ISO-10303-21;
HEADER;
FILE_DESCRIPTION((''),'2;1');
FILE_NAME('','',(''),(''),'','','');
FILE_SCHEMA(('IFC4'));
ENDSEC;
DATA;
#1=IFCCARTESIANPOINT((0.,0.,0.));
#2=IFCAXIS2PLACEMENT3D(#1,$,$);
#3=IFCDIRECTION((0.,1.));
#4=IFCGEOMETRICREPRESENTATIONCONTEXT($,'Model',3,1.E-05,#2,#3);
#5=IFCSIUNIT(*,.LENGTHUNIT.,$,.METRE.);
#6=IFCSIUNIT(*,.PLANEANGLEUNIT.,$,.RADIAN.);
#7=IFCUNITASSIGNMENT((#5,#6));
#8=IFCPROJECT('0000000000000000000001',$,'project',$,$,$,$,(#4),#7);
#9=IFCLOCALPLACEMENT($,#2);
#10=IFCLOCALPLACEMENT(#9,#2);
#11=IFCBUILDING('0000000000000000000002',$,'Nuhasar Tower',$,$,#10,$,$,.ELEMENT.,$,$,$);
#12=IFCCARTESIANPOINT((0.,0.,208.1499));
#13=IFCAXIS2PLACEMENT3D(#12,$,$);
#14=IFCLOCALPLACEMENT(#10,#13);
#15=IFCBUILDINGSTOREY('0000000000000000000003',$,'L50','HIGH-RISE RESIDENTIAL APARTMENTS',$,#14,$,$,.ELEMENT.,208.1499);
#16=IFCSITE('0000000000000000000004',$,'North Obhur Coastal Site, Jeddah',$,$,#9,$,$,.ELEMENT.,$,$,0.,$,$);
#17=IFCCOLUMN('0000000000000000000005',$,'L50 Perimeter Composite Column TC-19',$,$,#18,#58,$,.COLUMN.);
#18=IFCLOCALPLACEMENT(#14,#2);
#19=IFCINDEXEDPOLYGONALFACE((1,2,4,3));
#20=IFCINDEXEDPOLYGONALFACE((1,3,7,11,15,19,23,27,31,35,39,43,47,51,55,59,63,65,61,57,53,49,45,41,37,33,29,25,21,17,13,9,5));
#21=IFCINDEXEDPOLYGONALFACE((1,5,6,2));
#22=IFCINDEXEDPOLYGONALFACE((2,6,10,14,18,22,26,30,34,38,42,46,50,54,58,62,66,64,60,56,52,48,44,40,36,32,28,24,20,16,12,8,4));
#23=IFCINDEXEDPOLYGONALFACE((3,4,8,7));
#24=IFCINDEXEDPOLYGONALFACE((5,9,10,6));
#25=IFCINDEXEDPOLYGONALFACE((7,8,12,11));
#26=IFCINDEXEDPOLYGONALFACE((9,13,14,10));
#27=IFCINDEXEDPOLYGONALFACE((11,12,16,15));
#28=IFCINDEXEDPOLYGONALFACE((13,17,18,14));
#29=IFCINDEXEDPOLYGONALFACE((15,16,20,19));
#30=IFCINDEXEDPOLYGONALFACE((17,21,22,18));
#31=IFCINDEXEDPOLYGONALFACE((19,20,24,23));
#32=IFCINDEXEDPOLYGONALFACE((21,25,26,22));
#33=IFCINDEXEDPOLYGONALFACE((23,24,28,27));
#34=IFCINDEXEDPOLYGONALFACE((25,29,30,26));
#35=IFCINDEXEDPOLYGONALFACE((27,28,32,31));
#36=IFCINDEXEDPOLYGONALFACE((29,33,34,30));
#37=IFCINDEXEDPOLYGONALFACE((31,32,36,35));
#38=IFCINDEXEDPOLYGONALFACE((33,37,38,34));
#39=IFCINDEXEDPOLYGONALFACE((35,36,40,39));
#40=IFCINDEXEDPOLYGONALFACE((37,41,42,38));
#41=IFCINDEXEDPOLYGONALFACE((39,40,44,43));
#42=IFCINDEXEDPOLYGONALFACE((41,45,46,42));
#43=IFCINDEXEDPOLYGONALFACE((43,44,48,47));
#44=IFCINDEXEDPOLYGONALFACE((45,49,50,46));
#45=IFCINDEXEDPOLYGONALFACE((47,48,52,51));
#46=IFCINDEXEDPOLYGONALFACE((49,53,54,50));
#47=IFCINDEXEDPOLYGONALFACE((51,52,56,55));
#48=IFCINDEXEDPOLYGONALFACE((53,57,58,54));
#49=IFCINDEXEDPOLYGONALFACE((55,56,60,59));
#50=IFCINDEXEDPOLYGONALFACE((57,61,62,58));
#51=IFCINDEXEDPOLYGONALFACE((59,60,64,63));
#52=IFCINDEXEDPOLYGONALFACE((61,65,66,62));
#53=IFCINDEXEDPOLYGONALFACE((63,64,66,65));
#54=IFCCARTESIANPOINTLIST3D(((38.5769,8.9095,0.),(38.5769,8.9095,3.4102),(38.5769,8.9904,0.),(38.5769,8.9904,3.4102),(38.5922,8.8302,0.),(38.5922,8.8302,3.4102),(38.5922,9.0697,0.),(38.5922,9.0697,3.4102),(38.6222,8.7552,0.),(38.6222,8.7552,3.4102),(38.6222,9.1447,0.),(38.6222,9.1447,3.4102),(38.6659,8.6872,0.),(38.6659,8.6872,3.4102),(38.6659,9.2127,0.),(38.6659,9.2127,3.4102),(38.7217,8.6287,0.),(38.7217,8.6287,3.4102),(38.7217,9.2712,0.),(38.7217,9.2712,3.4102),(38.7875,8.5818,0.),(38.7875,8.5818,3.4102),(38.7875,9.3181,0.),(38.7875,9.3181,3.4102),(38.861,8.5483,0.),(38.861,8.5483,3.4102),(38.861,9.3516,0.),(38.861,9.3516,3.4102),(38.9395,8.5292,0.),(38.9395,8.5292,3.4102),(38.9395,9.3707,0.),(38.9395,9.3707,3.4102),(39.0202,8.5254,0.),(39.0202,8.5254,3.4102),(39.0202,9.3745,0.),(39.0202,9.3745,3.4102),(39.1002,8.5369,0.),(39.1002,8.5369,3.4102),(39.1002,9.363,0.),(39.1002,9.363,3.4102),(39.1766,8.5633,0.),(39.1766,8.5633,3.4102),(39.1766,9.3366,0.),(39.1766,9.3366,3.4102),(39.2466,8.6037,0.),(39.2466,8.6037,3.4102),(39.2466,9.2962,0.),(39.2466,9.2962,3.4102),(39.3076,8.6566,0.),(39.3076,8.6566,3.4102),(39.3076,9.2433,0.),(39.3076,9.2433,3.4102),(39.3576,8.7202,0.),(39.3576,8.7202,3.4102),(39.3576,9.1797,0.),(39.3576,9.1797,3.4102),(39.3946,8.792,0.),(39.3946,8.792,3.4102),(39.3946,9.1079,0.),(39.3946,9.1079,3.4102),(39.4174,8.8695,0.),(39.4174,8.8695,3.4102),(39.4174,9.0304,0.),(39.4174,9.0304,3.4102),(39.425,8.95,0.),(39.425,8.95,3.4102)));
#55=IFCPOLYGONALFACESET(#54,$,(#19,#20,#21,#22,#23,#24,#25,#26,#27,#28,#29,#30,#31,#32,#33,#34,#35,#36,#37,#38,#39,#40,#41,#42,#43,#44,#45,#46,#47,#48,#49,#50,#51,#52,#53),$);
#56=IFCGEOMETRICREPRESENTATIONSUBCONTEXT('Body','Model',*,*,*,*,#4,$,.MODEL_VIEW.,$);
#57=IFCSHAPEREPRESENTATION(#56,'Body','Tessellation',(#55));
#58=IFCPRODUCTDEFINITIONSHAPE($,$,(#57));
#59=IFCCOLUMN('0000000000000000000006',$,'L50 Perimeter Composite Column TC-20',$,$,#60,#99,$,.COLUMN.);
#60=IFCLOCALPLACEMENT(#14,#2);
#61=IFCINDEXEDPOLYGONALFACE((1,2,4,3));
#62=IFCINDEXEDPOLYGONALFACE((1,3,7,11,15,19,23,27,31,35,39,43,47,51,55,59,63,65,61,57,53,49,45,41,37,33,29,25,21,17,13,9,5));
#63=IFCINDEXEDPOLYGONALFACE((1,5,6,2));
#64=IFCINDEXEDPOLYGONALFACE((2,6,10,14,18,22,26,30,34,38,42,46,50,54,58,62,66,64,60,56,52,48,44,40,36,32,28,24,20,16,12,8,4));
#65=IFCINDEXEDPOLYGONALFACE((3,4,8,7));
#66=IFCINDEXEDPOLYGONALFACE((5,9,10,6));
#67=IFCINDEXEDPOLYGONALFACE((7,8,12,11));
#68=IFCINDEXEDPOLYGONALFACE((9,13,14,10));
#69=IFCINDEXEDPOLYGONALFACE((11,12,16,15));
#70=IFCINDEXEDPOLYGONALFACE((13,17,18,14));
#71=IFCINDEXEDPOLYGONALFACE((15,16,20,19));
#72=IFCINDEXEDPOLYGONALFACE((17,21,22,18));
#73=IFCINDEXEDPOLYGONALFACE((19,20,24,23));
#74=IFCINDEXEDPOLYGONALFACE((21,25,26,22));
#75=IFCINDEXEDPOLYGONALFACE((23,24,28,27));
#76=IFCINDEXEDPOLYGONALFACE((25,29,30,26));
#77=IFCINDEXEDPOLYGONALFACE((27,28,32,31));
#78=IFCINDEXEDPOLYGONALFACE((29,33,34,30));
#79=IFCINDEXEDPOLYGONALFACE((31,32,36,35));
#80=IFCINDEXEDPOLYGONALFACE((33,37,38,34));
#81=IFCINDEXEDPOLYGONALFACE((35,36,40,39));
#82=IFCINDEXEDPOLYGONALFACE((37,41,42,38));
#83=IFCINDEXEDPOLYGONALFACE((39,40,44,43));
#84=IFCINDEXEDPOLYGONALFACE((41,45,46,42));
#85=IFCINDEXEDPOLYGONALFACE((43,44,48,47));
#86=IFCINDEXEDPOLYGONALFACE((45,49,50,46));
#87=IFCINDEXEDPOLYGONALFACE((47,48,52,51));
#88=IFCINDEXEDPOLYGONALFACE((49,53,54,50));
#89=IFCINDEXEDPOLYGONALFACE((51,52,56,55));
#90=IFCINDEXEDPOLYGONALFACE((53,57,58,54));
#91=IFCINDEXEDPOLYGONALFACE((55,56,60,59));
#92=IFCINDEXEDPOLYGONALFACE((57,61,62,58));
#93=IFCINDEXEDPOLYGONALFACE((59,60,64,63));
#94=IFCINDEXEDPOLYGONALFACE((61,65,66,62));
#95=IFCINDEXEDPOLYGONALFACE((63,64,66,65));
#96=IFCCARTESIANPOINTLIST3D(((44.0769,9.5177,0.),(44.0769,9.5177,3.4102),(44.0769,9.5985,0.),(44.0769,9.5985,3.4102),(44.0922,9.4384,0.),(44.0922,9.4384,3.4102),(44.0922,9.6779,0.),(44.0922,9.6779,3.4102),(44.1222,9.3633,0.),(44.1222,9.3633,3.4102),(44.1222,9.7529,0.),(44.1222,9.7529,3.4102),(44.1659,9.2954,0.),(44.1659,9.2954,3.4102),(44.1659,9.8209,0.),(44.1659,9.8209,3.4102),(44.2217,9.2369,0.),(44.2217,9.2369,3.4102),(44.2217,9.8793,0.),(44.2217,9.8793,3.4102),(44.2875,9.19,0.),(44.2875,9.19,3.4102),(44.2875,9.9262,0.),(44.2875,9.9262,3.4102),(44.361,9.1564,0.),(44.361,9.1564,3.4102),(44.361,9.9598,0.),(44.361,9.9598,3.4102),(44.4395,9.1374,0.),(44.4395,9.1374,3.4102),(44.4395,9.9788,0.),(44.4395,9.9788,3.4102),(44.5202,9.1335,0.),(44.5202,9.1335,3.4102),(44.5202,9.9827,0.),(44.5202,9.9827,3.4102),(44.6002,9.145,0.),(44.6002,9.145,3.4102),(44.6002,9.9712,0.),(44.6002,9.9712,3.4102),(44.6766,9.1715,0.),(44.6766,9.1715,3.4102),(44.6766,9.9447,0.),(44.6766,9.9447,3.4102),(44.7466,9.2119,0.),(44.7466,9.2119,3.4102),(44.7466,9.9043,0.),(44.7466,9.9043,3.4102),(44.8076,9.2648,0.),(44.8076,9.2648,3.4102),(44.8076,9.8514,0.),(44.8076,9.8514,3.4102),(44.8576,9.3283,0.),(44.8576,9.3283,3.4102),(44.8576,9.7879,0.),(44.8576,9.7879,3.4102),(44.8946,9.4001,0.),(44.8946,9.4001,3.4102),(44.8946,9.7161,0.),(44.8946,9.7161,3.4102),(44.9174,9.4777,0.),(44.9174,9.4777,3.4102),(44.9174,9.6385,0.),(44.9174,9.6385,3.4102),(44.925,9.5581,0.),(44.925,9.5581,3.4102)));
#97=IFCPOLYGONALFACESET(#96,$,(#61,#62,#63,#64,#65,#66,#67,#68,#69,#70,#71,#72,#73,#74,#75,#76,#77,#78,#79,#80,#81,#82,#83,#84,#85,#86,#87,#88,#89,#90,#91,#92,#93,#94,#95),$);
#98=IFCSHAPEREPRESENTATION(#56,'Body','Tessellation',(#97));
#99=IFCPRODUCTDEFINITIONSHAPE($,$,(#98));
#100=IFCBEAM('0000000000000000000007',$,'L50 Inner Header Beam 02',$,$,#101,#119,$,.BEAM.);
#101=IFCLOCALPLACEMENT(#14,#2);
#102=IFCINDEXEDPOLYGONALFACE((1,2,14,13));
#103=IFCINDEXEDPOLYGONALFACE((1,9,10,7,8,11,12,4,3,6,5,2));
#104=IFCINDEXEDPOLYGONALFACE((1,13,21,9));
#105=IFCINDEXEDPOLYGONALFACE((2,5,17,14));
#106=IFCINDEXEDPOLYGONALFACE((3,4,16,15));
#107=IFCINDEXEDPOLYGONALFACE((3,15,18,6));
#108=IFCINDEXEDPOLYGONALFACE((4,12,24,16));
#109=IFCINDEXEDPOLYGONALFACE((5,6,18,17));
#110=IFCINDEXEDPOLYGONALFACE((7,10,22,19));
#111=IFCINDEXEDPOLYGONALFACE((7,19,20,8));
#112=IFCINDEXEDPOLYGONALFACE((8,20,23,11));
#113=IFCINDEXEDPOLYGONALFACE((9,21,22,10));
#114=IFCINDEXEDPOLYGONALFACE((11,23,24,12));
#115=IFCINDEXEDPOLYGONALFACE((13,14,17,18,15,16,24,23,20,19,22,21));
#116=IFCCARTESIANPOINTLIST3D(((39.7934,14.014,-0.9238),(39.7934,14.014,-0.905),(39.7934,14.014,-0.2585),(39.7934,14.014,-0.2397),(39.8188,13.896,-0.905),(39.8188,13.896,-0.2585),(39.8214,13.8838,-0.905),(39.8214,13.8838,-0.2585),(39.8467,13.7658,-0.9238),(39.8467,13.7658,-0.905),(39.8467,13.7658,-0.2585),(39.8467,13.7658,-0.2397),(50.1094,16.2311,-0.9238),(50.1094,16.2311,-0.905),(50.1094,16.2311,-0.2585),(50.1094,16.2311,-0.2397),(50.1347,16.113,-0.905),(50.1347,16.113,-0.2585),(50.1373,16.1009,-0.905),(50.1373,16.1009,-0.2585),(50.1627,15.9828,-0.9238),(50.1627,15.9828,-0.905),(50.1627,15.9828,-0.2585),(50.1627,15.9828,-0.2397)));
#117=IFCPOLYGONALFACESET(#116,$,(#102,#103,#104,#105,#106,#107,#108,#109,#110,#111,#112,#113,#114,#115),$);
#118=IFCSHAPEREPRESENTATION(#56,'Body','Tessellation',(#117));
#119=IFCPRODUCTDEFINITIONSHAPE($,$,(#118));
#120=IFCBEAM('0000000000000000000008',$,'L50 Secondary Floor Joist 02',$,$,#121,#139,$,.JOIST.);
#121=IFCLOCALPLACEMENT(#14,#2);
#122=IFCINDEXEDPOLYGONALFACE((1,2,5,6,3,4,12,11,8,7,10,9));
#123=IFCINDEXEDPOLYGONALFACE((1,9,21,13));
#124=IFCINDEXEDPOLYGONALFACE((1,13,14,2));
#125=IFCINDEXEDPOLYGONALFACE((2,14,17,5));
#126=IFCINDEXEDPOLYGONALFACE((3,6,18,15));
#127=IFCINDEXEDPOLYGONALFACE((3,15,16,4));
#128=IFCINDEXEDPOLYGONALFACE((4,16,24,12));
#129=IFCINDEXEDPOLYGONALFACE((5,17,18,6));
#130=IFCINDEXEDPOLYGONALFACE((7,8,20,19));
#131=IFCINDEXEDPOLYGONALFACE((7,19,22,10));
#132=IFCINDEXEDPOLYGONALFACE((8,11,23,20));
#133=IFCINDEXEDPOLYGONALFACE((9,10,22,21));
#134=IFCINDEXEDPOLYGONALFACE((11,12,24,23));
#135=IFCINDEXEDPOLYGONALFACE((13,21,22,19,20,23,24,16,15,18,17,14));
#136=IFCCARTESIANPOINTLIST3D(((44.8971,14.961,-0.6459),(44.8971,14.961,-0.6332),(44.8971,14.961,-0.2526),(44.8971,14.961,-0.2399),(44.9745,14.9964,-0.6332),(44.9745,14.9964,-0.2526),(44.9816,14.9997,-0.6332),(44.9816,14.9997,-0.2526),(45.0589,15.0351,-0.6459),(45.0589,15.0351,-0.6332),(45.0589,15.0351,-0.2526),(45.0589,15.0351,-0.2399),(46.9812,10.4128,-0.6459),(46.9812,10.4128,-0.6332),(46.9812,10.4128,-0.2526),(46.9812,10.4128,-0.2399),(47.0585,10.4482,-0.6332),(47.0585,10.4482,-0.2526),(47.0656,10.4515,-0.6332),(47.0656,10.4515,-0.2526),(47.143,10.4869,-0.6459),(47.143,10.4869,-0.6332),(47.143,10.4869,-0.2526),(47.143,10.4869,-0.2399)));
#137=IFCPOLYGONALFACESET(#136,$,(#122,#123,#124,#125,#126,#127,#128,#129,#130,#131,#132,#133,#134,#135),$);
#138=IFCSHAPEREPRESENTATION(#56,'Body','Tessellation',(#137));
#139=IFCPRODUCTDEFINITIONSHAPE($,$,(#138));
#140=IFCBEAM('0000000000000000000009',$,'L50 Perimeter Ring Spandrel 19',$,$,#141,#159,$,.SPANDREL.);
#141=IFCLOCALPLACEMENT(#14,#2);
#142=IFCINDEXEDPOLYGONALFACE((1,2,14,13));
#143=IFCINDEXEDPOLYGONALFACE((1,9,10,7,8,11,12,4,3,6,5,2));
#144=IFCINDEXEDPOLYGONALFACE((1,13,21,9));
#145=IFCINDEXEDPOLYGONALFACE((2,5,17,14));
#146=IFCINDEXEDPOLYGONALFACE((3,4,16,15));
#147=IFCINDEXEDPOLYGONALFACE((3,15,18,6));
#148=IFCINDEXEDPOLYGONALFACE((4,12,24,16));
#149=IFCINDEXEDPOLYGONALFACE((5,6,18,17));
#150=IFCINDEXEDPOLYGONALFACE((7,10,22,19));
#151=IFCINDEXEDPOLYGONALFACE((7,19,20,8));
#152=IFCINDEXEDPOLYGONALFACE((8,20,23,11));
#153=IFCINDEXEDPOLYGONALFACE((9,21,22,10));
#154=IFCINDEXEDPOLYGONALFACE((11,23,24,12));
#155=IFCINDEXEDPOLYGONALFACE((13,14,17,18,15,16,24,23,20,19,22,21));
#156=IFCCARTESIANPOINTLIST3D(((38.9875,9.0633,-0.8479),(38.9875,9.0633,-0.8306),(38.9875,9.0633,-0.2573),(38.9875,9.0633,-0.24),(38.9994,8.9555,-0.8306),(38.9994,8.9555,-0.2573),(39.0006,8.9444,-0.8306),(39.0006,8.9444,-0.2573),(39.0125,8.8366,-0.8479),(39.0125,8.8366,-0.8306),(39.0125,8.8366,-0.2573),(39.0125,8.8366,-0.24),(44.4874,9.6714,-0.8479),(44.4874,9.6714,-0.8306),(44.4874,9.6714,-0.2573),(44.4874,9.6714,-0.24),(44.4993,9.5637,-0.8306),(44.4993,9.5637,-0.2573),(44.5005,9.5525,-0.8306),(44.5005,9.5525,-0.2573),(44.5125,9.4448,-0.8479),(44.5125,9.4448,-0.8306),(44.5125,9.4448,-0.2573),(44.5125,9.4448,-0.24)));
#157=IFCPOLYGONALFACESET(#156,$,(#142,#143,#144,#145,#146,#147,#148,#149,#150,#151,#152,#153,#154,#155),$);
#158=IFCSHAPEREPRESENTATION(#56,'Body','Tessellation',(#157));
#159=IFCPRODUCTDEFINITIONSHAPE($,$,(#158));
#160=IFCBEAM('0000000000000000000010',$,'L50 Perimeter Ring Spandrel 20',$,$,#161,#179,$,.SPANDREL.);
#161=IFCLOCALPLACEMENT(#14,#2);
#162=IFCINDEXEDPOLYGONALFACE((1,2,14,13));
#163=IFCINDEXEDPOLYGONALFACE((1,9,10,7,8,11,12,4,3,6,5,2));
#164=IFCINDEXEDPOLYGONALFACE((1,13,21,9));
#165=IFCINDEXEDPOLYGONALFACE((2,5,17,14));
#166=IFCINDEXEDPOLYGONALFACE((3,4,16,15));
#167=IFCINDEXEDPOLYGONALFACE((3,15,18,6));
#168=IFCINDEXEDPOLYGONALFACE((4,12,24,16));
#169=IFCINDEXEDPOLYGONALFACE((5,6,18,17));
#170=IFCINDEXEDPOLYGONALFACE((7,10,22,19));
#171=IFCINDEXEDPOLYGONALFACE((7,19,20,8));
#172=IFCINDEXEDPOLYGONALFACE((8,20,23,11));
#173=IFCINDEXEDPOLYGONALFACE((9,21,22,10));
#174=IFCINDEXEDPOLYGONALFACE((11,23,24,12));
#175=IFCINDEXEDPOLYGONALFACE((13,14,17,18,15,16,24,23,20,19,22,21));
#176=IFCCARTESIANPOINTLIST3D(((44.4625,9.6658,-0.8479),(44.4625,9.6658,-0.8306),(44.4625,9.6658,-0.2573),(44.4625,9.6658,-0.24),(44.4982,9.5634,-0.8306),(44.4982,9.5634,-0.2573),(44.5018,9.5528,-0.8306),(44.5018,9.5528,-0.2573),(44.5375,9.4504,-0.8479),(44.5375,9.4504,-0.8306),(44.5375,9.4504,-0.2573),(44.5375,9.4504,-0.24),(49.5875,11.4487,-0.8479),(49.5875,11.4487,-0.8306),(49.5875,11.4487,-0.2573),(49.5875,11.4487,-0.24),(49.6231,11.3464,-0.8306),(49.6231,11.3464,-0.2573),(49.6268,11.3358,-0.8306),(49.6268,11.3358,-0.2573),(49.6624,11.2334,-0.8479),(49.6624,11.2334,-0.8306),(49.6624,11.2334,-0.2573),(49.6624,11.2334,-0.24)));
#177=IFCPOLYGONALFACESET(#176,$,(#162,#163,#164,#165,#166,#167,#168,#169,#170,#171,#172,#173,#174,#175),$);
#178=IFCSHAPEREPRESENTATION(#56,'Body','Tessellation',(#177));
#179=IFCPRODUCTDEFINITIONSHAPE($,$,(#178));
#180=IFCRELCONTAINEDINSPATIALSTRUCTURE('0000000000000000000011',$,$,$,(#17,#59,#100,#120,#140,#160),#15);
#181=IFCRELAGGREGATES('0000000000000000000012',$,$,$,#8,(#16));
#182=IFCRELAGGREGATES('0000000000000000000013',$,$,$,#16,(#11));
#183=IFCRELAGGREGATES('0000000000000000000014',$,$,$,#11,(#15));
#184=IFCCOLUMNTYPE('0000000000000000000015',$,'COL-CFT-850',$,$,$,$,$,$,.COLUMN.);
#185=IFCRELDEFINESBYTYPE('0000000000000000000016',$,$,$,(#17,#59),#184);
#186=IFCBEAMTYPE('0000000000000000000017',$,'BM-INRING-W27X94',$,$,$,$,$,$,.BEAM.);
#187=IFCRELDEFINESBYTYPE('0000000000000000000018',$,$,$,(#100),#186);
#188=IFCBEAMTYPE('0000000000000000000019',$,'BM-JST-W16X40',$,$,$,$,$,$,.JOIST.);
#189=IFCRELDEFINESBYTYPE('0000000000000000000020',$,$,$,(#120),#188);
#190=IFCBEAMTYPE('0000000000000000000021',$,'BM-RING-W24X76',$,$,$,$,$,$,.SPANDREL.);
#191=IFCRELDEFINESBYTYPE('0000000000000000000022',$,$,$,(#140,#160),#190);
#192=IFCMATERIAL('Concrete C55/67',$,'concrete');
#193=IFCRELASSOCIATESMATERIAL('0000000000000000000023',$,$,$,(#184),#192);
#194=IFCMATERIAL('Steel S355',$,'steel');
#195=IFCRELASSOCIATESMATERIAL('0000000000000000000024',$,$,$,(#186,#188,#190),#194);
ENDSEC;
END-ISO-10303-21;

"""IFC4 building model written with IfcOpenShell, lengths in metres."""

from ifc_helpers import new_model, si_unit, direction, frame, origin, origin_2d, place, context, subcontext, project, spatial, circle, i_section, extrude, material, material_profile, profile_set, type_object, element, save


model = new_model("IFC4")

# Units and contexts
model_context = context("Model", 3, precision=1e-05, world=origin(), true_north=direction((0.0, 1.0)))
body_context = subcontext(model_context, "Body", "Model", "MODEL_VIEW")
ifc_project = project(units=[si_unit("LENGTHUNIT", "METRE"), si_unit("PLANEANGLEUNIT", "RADIAN")], contexts=[model_context])

# Site, building, storey
site_placement = place(None, origin())
site = spatial("IfcSite", under=ifc_project, at=site_placement, Name="North Obhur Coastal Site, Jeddah", CompositionType="ELEMENT", RefElevation=0.0)
building_placement = place(site_placement, origin())
building = spatial("IfcBuilding", under=site, at=building_placement, Name="Nuhasar Tower", CompositionType="ELEMENT")
storey_placement = place(building_placement, frame((0.0, 0.0, 208.1499)))
storey = spatial("IfcBuildingStorey", under=building, at=storey_placement, Name="L50", Description="HIGH-RISE RESIDENTIAL APARTMENTS", CompositionType="ELEMENT", Elevation=208.1499)

# Columns
ifc_material_1 = material(Name="Concrete C55/67", Category="concrete")
ifc_material_profile_1 = material_profile(ifc_material_1, circle(Radius=0.425, at=origin_2d()), Name="CFT850")
ifc_profile_set_1 = profile_set([ifc_material_profile_1], Name="Concrete C55/67")
column_type = type_object("IfcColumnType", Name="COL-CFT-850", PredefinedType="COLUMN", material=ifc_profile_set_1)
for number, where, z_axis, x_axis, name in (
    (1, (39.0, 8.95, 0.0), (0.0, 0.0, 1.0), (1.0, 0.0, 0.0), "L50 Perimeter Composite Column TC-19"),
    (2, (44.5, 9.5581, 0.0), (0.0, 0.0, 1.0), (1.0, 0.0, 0.0), "L50 Perimeter Composite Column TC-20"),
):
    element("IfcColumn", number, at=place(storey_placement, frame(where, z_axis=z_axis, x_axis=x_axis)), inside=storey, type_object=column_type, Name=name, PredefinedType="COLUMN", context=body_context, shape_type="SweptSolid", body=[
        extrude(circle(Radius=0.425, at=origin_2d()), origin(), (0.0, 0.0, 1.0), 3.4102),
    ])

# Beams
ifc_material_2 = material(Name="Steel S355", Category="steel")
ifc_material_profile_2 = material_profile(ifc_material_2, i_section(OverallWidth=0.2539, OverallDepth=0.6841, WebThickness=0.0125, FlangeThickness=0.0188, at=origin_2d()), Name="W27X94")
ifc_profile_set_2 = profile_set([ifc_material_profile_2], Name="Steel S355")
beam_type_1 = type_object("IfcBeamType", Name="BM-INRING-W27X94", PredefinedType="BEAM", material=ifc_profile_set_2)
beam_1_placement = place(storey_placement, frame((39.8201, 13.8899, -0.5818), z_axis=(0.977676, 0.210117, 0.0), x_axis=(-0.210117, 0.977676, 0.0)))
element("IfcBeam", 3, at=beam_1_placement, inside=storey, type_object=beam_type_1, Name="L50 Inner Header Beam 02", PredefinedType="BEAM", context=body_context, shape_type="SweptSolid", body=[
    extrude(i_section(OverallWidth=0.2539, OverallDepth=0.6841, WebThickness=0.0125, FlangeThickness=0.0188, at=origin_2d()), origin(), (0.0, 0.0, 1.0), 10.5515),
])
ifc_material_profile_3 = material_profile(ifc_material_2, i_section(OverallWidth=0.178, OverallDepth=0.406, WebThickness=0.0078, FlangeThickness=0.0127, at=origin_2d()), Name="W16X40")
ifc_profile_set_3 = profile_set([ifc_material_profile_3], Name="Steel S355")
beam_type_2 = type_object("IfcBeamType", Name="BM-JST-W16X40", PredefinedType="JOIST", material=ifc_profile_set_3)
beam_2_placement = place(storey_placement, frame((44.978, 14.998, -0.4429), z_axis=(0.416562, -0.909107, 0.0), x_axis=(0.909107, 0.416562, 0.0)))
element("IfcBeam", 4, at=beam_2_placement, inside=storey, type_object=beam_type_2, Name="L50 Secondary Floor Joist 02", PredefinedType="JOIST", context=body_context, shape_type="SweptSolid", body=[
    extrude(i_section(OverallWidth=0.178, OverallDepth=0.406, WebThickness=0.0078, FlangeThickness=0.0127, at=origin_2d()), origin(), (0.0, 0.0, 1.0), 5.0029),
])
ifc_material_profile_4 = material_profile(ifc_material_2, i_section(OverallWidth=0.228, OverallDepth=0.6079, WebThickness=0.0112, FlangeThickness=0.0173, at=origin_2d()), Name="W24X76")
ifc_profile_set_4 = profile_set([ifc_material_profile_4], Name="Steel S355")
beam_type_3 = type_object("IfcBeamType", Name="BM-RING-W24X76", PredefinedType="SPANDREL", material=ifc_profile_set_4)
beam_3_placement = place(storey_placement, frame((39.0, 8.95, -0.5439), z_axis=(0.993942, 0.109904, 0.0), x_axis=(-0.109904, 0.993942, 0.0)))
element("IfcBeam", 5, at=beam_3_placement, inside=storey, type_object=beam_type_3, Name="L50 Perimeter Ring Spandrel 19", PredefinedType="SPANDREL", context=body_context, shape_type="SweptSolid", body=[
    extrude(i_section(OverallWidth=0.228, OverallDepth=0.6079, WebThickness=0.0112, FlangeThickness=0.0173, at=origin_2d()), origin(), (0.0, 0.0, 1.0), 5.5334),
])
beam_4_placement = place(storey_placement, frame((44.5, 9.5581, -0.5439), z_axis=(0.944477, 0.328578, 0.0), x_axis=(-0.328578, 0.944477, 0.0)))
element("IfcBeam", 6, at=beam_4_placement, inside=storey, type_object=beam_type_3, Name="L50 Perimeter Ring Spandrel 20", PredefinedType="SPANDREL", context=body_context, shape_type="SweptSolid", body=[
    extrude(i_section(OverallWidth=0.228, OverallDepth=0.6079, WebThickness=0.0112, FlangeThickness=0.0173, at=origin_2d()), origin(), (0.0, 0.0, 1.0), 5.4263),
])

save(model, "model.ifc")
